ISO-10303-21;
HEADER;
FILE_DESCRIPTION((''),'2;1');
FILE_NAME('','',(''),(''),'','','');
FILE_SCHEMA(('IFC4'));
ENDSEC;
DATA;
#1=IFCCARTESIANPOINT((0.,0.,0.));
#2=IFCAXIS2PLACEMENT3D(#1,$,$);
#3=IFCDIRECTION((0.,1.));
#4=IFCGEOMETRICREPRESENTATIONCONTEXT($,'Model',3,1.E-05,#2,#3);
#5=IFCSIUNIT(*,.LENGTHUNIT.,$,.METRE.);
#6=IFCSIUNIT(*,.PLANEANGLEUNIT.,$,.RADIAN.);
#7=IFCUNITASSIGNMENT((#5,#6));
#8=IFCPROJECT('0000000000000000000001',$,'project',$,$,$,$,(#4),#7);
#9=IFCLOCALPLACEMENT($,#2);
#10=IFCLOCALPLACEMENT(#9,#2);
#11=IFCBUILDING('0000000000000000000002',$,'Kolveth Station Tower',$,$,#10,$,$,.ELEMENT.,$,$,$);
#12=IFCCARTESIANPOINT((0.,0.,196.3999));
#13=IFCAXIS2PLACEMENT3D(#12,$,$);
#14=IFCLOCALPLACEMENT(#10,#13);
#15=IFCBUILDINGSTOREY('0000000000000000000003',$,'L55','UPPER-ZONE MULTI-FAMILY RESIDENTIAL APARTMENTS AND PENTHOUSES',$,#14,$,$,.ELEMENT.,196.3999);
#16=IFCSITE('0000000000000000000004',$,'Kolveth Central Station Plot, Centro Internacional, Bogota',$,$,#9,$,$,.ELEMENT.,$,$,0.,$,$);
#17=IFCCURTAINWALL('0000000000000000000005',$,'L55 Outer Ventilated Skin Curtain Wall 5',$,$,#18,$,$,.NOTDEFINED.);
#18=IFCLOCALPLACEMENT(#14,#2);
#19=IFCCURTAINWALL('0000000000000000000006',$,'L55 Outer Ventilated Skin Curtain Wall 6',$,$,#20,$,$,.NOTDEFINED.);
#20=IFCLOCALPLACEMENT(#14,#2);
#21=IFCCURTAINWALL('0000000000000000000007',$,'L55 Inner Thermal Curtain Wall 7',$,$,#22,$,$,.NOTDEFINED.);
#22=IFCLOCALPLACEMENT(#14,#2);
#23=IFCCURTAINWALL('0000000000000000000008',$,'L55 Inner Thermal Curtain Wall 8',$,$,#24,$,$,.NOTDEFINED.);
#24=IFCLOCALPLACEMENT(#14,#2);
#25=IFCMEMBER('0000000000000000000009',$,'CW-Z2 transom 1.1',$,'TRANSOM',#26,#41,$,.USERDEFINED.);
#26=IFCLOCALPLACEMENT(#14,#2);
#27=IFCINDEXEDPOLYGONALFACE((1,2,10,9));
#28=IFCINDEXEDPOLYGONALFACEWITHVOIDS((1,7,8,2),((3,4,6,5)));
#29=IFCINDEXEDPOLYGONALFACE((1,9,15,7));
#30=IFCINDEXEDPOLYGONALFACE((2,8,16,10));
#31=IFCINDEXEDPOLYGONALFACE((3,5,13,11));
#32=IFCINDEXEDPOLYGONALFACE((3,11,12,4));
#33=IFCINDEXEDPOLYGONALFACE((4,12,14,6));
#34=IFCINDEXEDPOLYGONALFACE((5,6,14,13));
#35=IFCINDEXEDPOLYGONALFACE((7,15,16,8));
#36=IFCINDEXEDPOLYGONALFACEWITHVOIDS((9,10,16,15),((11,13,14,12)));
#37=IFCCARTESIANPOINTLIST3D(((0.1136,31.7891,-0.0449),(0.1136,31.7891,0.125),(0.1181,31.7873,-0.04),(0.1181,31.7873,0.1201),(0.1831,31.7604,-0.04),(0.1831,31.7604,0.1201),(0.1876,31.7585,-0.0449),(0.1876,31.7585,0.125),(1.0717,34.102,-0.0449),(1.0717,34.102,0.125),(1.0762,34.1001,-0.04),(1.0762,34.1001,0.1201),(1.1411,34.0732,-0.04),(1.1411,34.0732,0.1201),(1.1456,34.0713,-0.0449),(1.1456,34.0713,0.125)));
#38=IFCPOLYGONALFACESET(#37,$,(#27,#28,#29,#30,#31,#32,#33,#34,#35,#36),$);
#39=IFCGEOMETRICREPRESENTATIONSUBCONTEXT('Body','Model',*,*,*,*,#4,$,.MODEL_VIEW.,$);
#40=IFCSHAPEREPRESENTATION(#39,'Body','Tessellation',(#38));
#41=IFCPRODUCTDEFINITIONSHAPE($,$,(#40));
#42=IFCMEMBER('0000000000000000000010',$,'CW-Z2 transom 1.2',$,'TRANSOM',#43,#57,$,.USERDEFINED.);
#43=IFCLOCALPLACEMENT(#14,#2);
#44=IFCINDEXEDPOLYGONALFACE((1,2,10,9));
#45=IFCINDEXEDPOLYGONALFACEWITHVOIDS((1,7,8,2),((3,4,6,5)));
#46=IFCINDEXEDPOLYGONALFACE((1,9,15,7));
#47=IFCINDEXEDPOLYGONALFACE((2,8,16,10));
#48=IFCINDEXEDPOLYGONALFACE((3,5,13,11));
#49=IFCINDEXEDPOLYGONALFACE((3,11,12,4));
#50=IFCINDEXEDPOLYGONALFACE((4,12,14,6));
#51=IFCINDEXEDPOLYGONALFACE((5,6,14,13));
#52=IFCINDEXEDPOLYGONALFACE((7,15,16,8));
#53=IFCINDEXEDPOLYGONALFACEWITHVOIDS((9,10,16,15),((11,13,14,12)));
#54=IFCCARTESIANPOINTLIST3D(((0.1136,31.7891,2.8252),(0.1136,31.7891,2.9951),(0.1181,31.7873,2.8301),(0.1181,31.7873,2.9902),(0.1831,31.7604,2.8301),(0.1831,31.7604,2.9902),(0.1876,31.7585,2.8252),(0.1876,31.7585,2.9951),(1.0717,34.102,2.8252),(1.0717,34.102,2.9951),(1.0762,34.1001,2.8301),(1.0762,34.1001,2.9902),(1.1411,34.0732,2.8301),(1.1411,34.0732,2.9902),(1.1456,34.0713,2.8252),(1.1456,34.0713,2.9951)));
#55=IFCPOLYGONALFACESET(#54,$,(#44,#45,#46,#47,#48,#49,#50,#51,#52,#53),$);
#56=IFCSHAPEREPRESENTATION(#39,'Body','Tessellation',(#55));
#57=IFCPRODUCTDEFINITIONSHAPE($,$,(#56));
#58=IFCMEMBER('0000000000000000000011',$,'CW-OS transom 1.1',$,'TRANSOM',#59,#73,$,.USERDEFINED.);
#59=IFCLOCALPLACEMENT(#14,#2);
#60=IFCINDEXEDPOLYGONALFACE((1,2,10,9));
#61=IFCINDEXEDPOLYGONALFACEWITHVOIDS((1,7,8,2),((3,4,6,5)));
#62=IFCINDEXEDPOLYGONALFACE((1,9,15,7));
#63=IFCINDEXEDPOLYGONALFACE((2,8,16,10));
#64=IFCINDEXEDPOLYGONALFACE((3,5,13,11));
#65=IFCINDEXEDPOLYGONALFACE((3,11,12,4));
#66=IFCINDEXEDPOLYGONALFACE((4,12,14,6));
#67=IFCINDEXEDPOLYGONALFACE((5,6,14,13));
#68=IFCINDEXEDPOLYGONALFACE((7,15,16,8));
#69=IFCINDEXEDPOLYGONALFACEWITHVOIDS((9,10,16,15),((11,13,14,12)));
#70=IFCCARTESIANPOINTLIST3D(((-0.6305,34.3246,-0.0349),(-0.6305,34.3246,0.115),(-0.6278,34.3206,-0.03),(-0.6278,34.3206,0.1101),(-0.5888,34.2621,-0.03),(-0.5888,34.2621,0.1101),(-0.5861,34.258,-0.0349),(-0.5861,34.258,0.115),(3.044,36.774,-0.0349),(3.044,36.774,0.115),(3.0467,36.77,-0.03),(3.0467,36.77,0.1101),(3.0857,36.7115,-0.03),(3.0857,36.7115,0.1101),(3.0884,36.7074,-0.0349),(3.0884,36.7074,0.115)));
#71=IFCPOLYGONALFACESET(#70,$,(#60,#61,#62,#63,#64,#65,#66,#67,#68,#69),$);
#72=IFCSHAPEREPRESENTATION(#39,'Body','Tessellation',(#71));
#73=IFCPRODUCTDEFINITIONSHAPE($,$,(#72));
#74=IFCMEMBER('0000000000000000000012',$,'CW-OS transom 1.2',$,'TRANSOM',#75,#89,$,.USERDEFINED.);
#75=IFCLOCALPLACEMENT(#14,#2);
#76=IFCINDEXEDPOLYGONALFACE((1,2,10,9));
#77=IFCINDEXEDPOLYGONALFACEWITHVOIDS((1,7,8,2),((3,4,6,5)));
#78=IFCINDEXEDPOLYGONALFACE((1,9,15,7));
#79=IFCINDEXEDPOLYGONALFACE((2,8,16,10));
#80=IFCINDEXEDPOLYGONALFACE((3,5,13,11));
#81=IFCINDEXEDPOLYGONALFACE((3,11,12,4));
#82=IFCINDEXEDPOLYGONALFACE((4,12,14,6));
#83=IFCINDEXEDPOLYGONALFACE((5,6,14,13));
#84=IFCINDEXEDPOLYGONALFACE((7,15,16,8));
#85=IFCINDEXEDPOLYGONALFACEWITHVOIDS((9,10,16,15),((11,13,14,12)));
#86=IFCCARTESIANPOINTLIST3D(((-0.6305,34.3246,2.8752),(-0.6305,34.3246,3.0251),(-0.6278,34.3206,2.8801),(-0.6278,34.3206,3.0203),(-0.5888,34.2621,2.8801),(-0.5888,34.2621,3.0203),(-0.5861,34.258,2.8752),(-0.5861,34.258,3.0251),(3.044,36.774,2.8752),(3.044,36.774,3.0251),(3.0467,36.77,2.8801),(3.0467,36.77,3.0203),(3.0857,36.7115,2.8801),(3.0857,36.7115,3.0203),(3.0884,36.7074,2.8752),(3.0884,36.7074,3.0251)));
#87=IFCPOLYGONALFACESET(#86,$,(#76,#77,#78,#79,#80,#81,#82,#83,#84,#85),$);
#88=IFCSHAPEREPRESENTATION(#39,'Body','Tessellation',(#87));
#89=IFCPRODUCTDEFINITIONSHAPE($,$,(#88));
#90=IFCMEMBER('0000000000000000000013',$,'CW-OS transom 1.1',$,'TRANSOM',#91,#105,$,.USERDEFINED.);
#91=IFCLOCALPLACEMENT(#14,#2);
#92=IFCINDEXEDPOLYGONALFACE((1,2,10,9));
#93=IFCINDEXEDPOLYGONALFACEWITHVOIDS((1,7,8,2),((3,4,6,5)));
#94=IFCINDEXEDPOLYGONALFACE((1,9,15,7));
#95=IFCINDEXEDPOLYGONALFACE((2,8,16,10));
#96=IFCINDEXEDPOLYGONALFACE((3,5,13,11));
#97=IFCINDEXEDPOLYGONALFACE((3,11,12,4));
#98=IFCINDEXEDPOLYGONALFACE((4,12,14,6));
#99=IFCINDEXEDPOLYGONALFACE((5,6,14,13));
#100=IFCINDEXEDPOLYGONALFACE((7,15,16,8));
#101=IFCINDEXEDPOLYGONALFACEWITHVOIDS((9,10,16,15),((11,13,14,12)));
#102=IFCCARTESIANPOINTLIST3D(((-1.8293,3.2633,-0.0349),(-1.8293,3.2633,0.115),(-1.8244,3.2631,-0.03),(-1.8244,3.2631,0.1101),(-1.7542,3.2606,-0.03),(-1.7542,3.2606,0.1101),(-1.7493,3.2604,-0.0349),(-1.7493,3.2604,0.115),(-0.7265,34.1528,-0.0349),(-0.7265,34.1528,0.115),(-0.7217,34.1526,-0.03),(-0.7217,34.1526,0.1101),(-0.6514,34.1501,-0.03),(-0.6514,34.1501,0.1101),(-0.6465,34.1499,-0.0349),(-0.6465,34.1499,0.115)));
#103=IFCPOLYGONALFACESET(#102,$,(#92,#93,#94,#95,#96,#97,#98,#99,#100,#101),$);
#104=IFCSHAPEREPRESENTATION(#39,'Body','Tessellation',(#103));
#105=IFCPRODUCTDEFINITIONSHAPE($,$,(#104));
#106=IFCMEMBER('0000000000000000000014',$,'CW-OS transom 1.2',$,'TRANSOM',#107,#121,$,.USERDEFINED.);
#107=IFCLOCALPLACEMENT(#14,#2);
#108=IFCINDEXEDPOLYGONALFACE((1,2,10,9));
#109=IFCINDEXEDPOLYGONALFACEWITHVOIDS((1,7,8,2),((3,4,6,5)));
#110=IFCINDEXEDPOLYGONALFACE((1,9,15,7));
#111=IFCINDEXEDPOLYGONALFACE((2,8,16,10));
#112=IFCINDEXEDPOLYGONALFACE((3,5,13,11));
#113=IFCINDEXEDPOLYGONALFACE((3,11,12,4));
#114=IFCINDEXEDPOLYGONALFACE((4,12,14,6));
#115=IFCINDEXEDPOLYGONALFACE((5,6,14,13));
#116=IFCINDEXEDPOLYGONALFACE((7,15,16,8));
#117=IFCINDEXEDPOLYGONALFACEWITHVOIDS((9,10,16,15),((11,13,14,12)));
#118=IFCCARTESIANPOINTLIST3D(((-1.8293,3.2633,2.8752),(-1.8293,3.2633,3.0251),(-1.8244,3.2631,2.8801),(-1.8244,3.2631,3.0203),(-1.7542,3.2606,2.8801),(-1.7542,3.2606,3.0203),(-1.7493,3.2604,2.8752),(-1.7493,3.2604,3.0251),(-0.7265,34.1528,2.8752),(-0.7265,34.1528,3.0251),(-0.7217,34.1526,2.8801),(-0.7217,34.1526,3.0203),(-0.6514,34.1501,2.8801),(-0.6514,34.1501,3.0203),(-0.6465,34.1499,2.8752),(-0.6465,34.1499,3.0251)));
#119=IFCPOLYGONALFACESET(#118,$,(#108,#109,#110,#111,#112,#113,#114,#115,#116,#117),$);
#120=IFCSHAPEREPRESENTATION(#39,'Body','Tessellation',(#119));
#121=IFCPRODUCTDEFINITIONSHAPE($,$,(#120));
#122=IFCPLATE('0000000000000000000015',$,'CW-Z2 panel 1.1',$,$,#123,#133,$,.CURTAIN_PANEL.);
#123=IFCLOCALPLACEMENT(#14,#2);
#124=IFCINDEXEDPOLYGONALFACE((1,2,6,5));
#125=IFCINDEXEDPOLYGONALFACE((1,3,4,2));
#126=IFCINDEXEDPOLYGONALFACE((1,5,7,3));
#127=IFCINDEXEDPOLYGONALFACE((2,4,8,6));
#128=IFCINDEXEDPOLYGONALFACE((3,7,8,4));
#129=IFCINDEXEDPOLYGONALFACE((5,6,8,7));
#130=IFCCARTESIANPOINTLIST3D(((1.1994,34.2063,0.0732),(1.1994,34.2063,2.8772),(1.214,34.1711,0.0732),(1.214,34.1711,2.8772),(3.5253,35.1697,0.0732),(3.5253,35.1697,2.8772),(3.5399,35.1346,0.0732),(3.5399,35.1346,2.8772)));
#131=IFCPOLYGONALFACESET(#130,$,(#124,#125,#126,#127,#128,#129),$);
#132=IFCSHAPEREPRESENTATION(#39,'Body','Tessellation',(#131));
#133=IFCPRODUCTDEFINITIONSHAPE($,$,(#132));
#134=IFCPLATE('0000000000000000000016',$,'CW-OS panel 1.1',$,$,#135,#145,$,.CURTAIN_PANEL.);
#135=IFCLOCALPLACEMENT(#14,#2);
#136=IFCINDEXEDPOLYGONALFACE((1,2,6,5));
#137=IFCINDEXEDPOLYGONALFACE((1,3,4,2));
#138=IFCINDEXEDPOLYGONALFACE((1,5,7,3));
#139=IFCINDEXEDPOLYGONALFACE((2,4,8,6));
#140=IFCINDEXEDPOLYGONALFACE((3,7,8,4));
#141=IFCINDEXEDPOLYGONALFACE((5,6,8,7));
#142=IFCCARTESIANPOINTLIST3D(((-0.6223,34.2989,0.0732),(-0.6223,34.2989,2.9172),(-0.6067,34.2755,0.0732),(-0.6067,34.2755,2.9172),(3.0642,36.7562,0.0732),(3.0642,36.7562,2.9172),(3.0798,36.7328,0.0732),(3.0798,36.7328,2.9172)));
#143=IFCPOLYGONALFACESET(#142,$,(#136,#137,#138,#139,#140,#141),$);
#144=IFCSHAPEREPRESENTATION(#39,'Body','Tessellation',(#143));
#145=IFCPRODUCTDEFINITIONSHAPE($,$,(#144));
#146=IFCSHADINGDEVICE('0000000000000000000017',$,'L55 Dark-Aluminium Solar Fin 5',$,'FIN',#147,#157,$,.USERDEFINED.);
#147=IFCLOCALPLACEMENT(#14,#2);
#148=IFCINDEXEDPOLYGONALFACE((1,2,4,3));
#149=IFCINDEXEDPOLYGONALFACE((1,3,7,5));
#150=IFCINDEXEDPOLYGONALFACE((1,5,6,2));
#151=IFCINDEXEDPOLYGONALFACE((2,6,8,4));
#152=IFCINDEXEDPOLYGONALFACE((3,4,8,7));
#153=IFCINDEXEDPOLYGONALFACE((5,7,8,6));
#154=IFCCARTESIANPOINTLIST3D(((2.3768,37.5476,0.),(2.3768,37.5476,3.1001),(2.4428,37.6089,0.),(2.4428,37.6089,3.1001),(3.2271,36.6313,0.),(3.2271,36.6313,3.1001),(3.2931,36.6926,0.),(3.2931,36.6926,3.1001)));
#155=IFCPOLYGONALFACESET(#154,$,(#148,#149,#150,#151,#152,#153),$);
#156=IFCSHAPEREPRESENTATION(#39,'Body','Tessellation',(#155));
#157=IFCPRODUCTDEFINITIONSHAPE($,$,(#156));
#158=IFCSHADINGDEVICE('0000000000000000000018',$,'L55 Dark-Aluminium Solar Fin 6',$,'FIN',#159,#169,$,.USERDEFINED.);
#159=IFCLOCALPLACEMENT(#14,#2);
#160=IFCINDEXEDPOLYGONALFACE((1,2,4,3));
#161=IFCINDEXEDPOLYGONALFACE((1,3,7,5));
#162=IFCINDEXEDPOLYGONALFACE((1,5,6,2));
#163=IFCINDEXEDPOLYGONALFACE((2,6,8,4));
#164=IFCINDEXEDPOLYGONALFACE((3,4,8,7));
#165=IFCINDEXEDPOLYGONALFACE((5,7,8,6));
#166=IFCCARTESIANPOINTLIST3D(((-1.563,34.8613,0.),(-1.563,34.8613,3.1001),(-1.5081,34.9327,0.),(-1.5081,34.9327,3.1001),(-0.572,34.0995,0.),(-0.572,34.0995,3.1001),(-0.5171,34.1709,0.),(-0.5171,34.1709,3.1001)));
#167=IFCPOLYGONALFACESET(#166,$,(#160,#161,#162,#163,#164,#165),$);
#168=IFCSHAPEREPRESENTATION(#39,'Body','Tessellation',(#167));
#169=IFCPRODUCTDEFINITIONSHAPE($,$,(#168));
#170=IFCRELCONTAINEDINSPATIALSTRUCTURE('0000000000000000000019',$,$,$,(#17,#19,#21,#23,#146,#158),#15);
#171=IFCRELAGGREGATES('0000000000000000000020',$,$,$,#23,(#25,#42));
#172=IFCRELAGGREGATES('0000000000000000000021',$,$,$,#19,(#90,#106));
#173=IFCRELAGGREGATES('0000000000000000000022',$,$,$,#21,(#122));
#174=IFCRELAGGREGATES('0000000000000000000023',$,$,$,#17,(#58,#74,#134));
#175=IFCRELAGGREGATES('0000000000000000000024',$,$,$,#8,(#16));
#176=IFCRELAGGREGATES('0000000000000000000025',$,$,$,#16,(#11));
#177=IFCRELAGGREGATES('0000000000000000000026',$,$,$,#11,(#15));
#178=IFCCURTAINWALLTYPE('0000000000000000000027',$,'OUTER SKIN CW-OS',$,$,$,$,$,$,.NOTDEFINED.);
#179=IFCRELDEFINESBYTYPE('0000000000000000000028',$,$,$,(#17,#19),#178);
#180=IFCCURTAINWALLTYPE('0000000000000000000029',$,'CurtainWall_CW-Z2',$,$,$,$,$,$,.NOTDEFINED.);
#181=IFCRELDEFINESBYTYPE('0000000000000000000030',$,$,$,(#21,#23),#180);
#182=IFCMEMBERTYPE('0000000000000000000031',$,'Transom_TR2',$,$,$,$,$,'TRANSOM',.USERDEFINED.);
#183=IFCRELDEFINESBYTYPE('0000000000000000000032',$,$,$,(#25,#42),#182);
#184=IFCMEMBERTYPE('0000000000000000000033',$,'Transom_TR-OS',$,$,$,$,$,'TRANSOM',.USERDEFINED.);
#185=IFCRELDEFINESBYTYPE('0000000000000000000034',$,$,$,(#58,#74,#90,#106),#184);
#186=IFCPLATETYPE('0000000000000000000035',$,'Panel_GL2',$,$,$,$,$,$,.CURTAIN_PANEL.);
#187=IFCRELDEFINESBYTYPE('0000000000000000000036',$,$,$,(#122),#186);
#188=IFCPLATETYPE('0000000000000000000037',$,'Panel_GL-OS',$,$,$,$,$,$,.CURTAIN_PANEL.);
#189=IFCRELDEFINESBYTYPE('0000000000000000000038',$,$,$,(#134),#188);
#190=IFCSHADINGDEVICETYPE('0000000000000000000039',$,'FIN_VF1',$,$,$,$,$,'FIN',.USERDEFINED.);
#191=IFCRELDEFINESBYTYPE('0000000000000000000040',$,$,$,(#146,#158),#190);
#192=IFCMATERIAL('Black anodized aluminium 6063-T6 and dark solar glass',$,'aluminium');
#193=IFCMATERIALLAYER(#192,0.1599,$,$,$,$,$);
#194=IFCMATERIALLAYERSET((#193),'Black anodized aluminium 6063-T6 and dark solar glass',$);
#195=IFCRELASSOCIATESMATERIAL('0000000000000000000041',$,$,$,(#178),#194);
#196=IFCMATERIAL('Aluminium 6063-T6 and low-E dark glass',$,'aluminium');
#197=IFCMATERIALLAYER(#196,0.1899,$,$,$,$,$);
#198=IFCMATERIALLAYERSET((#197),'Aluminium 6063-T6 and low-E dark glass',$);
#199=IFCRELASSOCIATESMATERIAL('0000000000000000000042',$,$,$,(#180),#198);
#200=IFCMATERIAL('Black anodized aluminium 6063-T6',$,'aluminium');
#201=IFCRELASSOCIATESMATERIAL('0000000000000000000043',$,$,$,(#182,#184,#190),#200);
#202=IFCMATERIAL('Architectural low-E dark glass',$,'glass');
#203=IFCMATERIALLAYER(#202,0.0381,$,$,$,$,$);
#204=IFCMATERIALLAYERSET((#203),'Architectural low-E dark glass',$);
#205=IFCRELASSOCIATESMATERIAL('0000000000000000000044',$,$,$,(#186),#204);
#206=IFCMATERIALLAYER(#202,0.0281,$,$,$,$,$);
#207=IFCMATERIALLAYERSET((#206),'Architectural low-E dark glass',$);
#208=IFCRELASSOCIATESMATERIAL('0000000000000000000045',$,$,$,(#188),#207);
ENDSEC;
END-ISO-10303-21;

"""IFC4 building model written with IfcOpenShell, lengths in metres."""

from ifc_helpers import new_model, si_unit, direction, frame, origin, origin_2d, place, context, subcontext, project, spatial, rectangle, hollow_rectangle, extrude, source, transform, mapped, material, layer, layer_set, material_profile, profile_set, type_object, element, aggregate, save


model = new_model("IFC4")

# Units and contexts
model_context = context("Model", 3, precision=1e-05, world=origin(), true_north=direction((0.0, 1.0)))
body_context = subcontext(model_context, "Body", "Model", "MODEL_VIEW")
ifc_project = project(units=[si_unit("LENGTHUNIT", "METRE"), si_unit("PLANEANGLEUNIT", "RADIAN")], contexts=[model_context])

# Site, building, storey
site_placement = place(None, origin())
site = spatial("IfcSite", under=ifc_project, at=site_placement, Name="Kolveth Central Station Plot, Centro Internacional, Bogota", CompositionType="ELEMENT", RefElevation=0.0)
building_placement = place(site_placement, origin())
building = spatial("IfcBuilding", under=site, at=building_placement, Name="Kolveth Station Tower", CompositionType="ELEMENT")
storey_placement = place(building_placement, frame((0.0, 0.0, 196.3999)))
storey = spatial("IfcBuildingStorey", under=building, at=storey_placement, Name="L55", Description="UPPER-ZONE MULTI-FAMILY RESIDENTIAL APARTMENTS AND PENTHOUSES", CompositionType="ELEMENT", Elevation=196.3999)

# Shared definitions
ifc_material_1 = material(Name="Black anodized aluminium 6063-T6 and dark solar glass", Category="aluminium")
ifc_layer_1 = layer(ifc_material_1, 0.1599)
ifc_layer_set_1 = layer_set([ifc_layer_1], Name="Black anodized aluminium 6063-T6 and dark solar glass")
curtain_wall_type_1 = type_object("IfcCurtainWallType", Name="OUTER SKIN CW-OS", PredefinedType="NOTDEFINED", material=ifc_layer_set_1)
ifc_material_2 = material(Name="Black anodized aluminium 6063-T6", Category="aluminium")

# Curtain wall
curtain_wall_1_placement = place(storey_placement, origin())
curtain_wall_1 = element("IfcCurtainWall", 1, at=curtain_wall_1_placement, inside=storey, type_object=curtain_wall_type_1, Name="L55 Outer Ventilated Skin Curtain Wall 5", PredefinedType="NOTDEFINED")

# Curtain wall
curtain_wall_2_placement = place(storey_placement, origin())
curtain_wall_2 = element("IfcCurtainWall", 2, at=curtain_wall_2_placement, inside=storey, type_object=curtain_wall_type_1, Name="L55 Outer Ventilated Skin Curtain Wall 6", PredefinedType="NOTDEFINED")
ifc_material_3 = material(Name="Aluminium 6063-T6 and low-E dark glass", Category="aluminium")
ifc_layer_2 = layer(ifc_material_3, 0.1899)
ifc_layer_set_2 = layer_set([ifc_layer_2], Name="Aluminium 6063-T6 and low-E dark glass")
curtain_wall_type_2 = type_object("IfcCurtainWallType", Name="CurtainWall_CW-Z2", PredefinedType="NOTDEFINED", material=ifc_layer_set_2)

# Curtain wall
curtain_wall_3_placement = place(storey_placement, origin())
curtain_wall_3 = element("IfcCurtainWall", 3, at=curtain_wall_3_placement, inside=storey, type_object=curtain_wall_type_2, Name="L55 Inner Thermal Curtain Wall 7", PredefinedType="NOTDEFINED")

# Curtain wall
curtain_wall_4_placement = place(storey_placement, origin())
curtain_wall_4 = element("IfcCurtainWall", 4, at=curtain_wall_4_placement, inside=storey, type_object=curtain_wall_type_2, Name="L55 Inner Thermal Curtain Wall 8", PredefinedType="NOTDEFINED")

# Members
ifc_material_profile_1 = material_profile(ifc_material_2, hollow_rectangle(XDim=0.0801, YDim=0.1699, WallThickness=0.0049, at=origin_2d()), Name="ALU-80x170x5")
ifc_profile_set_1 = profile_set([ifc_material_profile_1], Name="Black anodized aluminium 6063-T6")
member_type_1 = type_object("IfcMemberType", Name="Transom_TR2", ElementType="TRANSOM", PredefinedType="USERDEFINED", material=ifc_profile_set_1)
shared_shape_1 = source(origin(), body_context, "Body", "SweptSolid", [
    extrude(hollow_rectangle(XDim=0.0801, YDim=0.1699, WallThickness=0.0049, at=origin_2d()), origin(), (0.0, 0.0, 1.0), 2.5034),
])
member_1_placement = place(storey_placement, frame((1.1086, 34.0867, 0.04), z_axis=(-0.382696, -0.923874, 0.0), x_axis=(0.923874, -0.382696, 0.0)))
member_1 = element("IfcMember", 5, at=member_1_placement, type_object=member_type_1, Name="CW-Z2 transom 1.1", ObjectType="TRANSOM", PredefinedType="USERDEFINED", context=body_context, shape_type="MappedRepresentation", body=[
    mapped(shared_shape_1, transform((0.0, 0.0, 0.0), x_axis=(1.0, 0.0, 0.0), y_axis=(0.0, 1.0, 0.0), z_axis=(0.0, 0.0, 1.0), scale=1.0)),
])
member_2_placement = place(storey_placement, frame((1.1086, 34.0867, 2.9102), z_axis=(-0.382696, -0.923874, 0.0), x_axis=(0.923874, -0.382696, 0.0)))
member_2 = element("IfcMember", 6, at=member_2_placement, type_object=member_type_1, Name="CW-Z2 transom 1.2", ObjectType="TRANSOM", PredefinedType="USERDEFINED", context=body_context, shape_type="MappedRepresentation", body=[
    mapped(shared_shape_1, transform((0.0, 0.0, 0.0), x_axis=(1.0, 0.0, 0.0), y_axis=(0.0, 1.0, 0.0), z_axis=(0.0, 0.0, 1.0), scale=1.0)),
])
aggregate(curtain_wall_4, [member_1, member_2])
ifc_material_profile_2 = material_profile(ifc_material_2, hollow_rectangle(XDim=0.0801, YDim=0.1499, WallThickness=0.0049, at=origin_2d()), Name="ALU-80x150x5")
ifc_profile_set_2 = profile_set([ifc_material_profile_2], Name="Black anodized aluminium 6063-T6")
member_type_2 = type_object("IfcMemberType", Name="Transom_TR-OS", ElementType="TRANSOM", PredefinedType="USERDEFINED", material=ifc_profile_set_2)
shared_shape_2 = source(origin(), body_context, "Body", "SweptSolid", [
    extrude(hollow_rectangle(XDim=0.0801, YDim=0.1499, WallThickness=0.0049, at=origin_2d()), origin(), (0.0, 0.0, 1.0), 4.416),
])
member_3_placement = place(storey_placement, frame((3.0662, 36.7407, 0.04), z_axis=(-0.832076, -0.554662, 0.0), x_axis=(0.554662, -0.832076, 0.0)))
member_3 = element("IfcMember", 7, at=member_3_placement, type_object=member_type_2, Name="CW-OS transom 1.1", ObjectType="TRANSOM", PredefinedType="USERDEFINED", context=body_context, shape_type="MappedRepresentation", body=[
    mapped(shared_shape_2, transform((0.0, 0.0, 0.0), x_axis=(1.0, 0.0, 0.0), y_axis=(0.0, 1.0, 0.0), z_axis=(0.0, 0.0, 1.0), scale=1.0)),
])
member_4_placement = place(storey_placement, frame((3.0662, 36.7407, 2.9502), z_axis=(-0.832076, -0.554662, 0.0), x_axis=(0.554662, -0.832076, 0.0)))
member_4 = element("IfcMember", 8, at=member_4_placement, type_object=member_type_2, Name="CW-OS transom 1.2", ObjectType="TRANSOM", PredefinedType="USERDEFINED", context=body_context, shape_type="MappedRepresentation", body=[
    mapped(shared_shape_2, transform((0.0, 0.0, 0.0), x_axis=(1.0, 0.0, 0.0), y_axis=(0.0, 1.0, 0.0), z_axis=(0.0, 0.0, 1.0), scale=1.0)),
])
shared_shape_3 = source(origin(), body_context, "Body", "SweptSolid", [
    extrude(hollow_rectangle(XDim=0.0801, YDim=0.1499, WallThickness=0.0049, at=origin_2d()), origin(), (0.0, 0.0, 1.0), 30.9092),
])
member_5_placement = place(storey_placement, frame((-0.6865, 34.1514, 0.04), z_axis=(-0.035678, -0.999363, 0.0), x_axis=(0.999363, -0.035678, 0.0)))
member_5 = element("IfcMember", 9, at=member_5_placement, type_object=member_type_2, Name="CW-OS transom 1.1", ObjectType="TRANSOM", PredefinedType="USERDEFINED", context=body_context, shape_type="MappedRepresentation", body=[
    mapped(shared_shape_3, transform((0.0, 0.0, 0.0), x_axis=(1.0, 0.0, 0.0), y_axis=(0.0, 1.0, 0.0), z_axis=(0.0, 0.0, 1.0), scale=1.0)),
])
member_6_placement = place(storey_placement, frame((-0.6865, 34.1514, 2.9502), z_axis=(-0.035678, -0.999363, 0.0), x_axis=(0.999363, -0.035678, 0.0)))
member_6 = element("IfcMember", 10, at=member_6_placement, type_object=member_type_2, Name="CW-OS transom 1.2", ObjectType="TRANSOM", PredefinedType="USERDEFINED", context=body_context, shape_type="MappedRepresentation", body=[
    mapped(shared_shape_3, transform((0.0, 0.0, 0.0), x_axis=(1.0, 0.0, 0.0), y_axis=(0.0, 1.0, 0.0), z_axis=(0.0, 0.0, 1.0), scale=1.0)),
])
aggregate(curtain_wall_2, [member_5, member_6])

# Plates
ifc_material_4 = material(Name="Architectural low-E dark glass", Category="glass")
ifc_layer_3 = layer(ifc_material_4, 0.0381)
ifc_layer_set_3 = layer_set([ifc_layer_3], Name="Architectural low-E dark glass")
plate_type_1 = type_object("IfcPlateType", Name="Panel_GL2", PredefinedType="CURTAIN_PANEL", material=ifc_layer_set_3)
shared_shape_4 = source(origin(), body_context, "Body", "SweptSolid", [
    extrude(rectangle(XDim=2.5176, YDim=0.0381, at=origin_2d()), origin(), (0.0, 0.0, 1.0), 2.804),
])
plate_1_placement = place(storey_placement, frame((2.3696, 34.6704, 0.0732), z_axis=(0.0, 0.0, 1.0), x_axis=(-0.923874, -0.382698, 0.0)))
plate_1 = element("IfcPlate", 11, at=plate_1_placement, type_object=plate_type_1, Name="CW-Z2 panel 1.1", PredefinedType="CURTAIN_PANEL", context=body_context, shape_type="MappedRepresentation", body=[
    mapped(shared_shape_4, transform((0.0, 0.0, 0.0), x_axis=(1.0, 0.0, 0.0), y_axis=(0.0, 1.0, 0.0), z_axis=(0.0, 0.0, 1.0), scale=1.0)),
])
aggregate(curtain_wall_3, [plate_1])
ifc_layer_4 = layer(ifc_material_4, 0.0281)
ifc_layer_set_4 = layer_set([ifc_layer_4], Name="Architectural low-E dark glass")
plate_type_2 = type_object("IfcPlateType", Name="Panel_GL-OS", PredefinedType="CURTAIN_PANEL", material=ifc_layer_set_4)
shared_shape_5 = source(origin(), body_context, "Body", "SweptSolid", [
    extrude(rectangle(XDim=4.4304, YDim=0.0281, at=origin_2d()), origin(), (0.0, 0.0, 1.0), 2.844),
])
plate_2_placement = place(storey_placement, frame((1.2288, 35.5159, 0.0732), z_axis=(0.0, 0.0, 1.0), x_axis=(-0.832087, -0.554645, 0.0)))
plate_2 = element("IfcPlate", 12, at=plate_2_placement, type_object=plate_type_2, Name="CW-OS panel 1.1", PredefinedType="CURTAIN_PANEL", context=body_context, shape_type="MappedRepresentation", body=[
    mapped(shared_shape_5, transform((0.0, 0.0, 0.0), x_axis=(1.0, 0.0, 0.0), y_axis=(0.0, 1.0, 0.0), z_axis=(0.0, 0.0, 1.0), scale=1.0)),
])
aggregate(curtain_wall_1, [member_3, member_4, plate_2])

# Shading devices
shading_device_type = type_object("IfcShadingDeviceType", Name="FIN_VF1", ElementType="FIN", PredefinedType="USERDEFINED", material=ifc_material_2)
shared_shape_6 = source(origin(), body_context, "Body", "SweptSolid", [
    extrude(rectangle(XDim=1.25, YDim=0.0901, at=origin_2d()), origin(), (0.0, 0.0, 1.0), 3.1001),
])
for number, where, z_axis, x_axis, name in (
    (13, (2.835, 37.1201, 0.0), (0.0, 0.0, 1.0), (-0.680209, 0.733018, 0.0), "L55 Dark-Aluminium Solar Fin 5"),
    (14, (-1.04, 34.5161, 0.0), (0.0, 0.0, 1.0), (-0.792822, 0.609454, 0.0), "L55 Dark-Aluminium Solar Fin 6"),
):
    element("IfcShadingDevice", number, at=place(storey_placement, frame(where, z_axis=z_axis, x_axis=x_axis)), inside=storey, type_object=shading_device_type, Name=name, ObjectType="FIN", PredefinedType="USERDEFINED", context=body_context, shape_type="MappedRepresentation", body=[
        mapped(shared_shape_6, transform((0.0, 0.0, 0.0), x_axis=(1.0, 0.0, 0.0), y_axis=(0.0, 1.0, 0.0), z_axis=(0.0, 0.0, 1.0), scale=1.0)),
    ])

save(model, "model.ifc")
